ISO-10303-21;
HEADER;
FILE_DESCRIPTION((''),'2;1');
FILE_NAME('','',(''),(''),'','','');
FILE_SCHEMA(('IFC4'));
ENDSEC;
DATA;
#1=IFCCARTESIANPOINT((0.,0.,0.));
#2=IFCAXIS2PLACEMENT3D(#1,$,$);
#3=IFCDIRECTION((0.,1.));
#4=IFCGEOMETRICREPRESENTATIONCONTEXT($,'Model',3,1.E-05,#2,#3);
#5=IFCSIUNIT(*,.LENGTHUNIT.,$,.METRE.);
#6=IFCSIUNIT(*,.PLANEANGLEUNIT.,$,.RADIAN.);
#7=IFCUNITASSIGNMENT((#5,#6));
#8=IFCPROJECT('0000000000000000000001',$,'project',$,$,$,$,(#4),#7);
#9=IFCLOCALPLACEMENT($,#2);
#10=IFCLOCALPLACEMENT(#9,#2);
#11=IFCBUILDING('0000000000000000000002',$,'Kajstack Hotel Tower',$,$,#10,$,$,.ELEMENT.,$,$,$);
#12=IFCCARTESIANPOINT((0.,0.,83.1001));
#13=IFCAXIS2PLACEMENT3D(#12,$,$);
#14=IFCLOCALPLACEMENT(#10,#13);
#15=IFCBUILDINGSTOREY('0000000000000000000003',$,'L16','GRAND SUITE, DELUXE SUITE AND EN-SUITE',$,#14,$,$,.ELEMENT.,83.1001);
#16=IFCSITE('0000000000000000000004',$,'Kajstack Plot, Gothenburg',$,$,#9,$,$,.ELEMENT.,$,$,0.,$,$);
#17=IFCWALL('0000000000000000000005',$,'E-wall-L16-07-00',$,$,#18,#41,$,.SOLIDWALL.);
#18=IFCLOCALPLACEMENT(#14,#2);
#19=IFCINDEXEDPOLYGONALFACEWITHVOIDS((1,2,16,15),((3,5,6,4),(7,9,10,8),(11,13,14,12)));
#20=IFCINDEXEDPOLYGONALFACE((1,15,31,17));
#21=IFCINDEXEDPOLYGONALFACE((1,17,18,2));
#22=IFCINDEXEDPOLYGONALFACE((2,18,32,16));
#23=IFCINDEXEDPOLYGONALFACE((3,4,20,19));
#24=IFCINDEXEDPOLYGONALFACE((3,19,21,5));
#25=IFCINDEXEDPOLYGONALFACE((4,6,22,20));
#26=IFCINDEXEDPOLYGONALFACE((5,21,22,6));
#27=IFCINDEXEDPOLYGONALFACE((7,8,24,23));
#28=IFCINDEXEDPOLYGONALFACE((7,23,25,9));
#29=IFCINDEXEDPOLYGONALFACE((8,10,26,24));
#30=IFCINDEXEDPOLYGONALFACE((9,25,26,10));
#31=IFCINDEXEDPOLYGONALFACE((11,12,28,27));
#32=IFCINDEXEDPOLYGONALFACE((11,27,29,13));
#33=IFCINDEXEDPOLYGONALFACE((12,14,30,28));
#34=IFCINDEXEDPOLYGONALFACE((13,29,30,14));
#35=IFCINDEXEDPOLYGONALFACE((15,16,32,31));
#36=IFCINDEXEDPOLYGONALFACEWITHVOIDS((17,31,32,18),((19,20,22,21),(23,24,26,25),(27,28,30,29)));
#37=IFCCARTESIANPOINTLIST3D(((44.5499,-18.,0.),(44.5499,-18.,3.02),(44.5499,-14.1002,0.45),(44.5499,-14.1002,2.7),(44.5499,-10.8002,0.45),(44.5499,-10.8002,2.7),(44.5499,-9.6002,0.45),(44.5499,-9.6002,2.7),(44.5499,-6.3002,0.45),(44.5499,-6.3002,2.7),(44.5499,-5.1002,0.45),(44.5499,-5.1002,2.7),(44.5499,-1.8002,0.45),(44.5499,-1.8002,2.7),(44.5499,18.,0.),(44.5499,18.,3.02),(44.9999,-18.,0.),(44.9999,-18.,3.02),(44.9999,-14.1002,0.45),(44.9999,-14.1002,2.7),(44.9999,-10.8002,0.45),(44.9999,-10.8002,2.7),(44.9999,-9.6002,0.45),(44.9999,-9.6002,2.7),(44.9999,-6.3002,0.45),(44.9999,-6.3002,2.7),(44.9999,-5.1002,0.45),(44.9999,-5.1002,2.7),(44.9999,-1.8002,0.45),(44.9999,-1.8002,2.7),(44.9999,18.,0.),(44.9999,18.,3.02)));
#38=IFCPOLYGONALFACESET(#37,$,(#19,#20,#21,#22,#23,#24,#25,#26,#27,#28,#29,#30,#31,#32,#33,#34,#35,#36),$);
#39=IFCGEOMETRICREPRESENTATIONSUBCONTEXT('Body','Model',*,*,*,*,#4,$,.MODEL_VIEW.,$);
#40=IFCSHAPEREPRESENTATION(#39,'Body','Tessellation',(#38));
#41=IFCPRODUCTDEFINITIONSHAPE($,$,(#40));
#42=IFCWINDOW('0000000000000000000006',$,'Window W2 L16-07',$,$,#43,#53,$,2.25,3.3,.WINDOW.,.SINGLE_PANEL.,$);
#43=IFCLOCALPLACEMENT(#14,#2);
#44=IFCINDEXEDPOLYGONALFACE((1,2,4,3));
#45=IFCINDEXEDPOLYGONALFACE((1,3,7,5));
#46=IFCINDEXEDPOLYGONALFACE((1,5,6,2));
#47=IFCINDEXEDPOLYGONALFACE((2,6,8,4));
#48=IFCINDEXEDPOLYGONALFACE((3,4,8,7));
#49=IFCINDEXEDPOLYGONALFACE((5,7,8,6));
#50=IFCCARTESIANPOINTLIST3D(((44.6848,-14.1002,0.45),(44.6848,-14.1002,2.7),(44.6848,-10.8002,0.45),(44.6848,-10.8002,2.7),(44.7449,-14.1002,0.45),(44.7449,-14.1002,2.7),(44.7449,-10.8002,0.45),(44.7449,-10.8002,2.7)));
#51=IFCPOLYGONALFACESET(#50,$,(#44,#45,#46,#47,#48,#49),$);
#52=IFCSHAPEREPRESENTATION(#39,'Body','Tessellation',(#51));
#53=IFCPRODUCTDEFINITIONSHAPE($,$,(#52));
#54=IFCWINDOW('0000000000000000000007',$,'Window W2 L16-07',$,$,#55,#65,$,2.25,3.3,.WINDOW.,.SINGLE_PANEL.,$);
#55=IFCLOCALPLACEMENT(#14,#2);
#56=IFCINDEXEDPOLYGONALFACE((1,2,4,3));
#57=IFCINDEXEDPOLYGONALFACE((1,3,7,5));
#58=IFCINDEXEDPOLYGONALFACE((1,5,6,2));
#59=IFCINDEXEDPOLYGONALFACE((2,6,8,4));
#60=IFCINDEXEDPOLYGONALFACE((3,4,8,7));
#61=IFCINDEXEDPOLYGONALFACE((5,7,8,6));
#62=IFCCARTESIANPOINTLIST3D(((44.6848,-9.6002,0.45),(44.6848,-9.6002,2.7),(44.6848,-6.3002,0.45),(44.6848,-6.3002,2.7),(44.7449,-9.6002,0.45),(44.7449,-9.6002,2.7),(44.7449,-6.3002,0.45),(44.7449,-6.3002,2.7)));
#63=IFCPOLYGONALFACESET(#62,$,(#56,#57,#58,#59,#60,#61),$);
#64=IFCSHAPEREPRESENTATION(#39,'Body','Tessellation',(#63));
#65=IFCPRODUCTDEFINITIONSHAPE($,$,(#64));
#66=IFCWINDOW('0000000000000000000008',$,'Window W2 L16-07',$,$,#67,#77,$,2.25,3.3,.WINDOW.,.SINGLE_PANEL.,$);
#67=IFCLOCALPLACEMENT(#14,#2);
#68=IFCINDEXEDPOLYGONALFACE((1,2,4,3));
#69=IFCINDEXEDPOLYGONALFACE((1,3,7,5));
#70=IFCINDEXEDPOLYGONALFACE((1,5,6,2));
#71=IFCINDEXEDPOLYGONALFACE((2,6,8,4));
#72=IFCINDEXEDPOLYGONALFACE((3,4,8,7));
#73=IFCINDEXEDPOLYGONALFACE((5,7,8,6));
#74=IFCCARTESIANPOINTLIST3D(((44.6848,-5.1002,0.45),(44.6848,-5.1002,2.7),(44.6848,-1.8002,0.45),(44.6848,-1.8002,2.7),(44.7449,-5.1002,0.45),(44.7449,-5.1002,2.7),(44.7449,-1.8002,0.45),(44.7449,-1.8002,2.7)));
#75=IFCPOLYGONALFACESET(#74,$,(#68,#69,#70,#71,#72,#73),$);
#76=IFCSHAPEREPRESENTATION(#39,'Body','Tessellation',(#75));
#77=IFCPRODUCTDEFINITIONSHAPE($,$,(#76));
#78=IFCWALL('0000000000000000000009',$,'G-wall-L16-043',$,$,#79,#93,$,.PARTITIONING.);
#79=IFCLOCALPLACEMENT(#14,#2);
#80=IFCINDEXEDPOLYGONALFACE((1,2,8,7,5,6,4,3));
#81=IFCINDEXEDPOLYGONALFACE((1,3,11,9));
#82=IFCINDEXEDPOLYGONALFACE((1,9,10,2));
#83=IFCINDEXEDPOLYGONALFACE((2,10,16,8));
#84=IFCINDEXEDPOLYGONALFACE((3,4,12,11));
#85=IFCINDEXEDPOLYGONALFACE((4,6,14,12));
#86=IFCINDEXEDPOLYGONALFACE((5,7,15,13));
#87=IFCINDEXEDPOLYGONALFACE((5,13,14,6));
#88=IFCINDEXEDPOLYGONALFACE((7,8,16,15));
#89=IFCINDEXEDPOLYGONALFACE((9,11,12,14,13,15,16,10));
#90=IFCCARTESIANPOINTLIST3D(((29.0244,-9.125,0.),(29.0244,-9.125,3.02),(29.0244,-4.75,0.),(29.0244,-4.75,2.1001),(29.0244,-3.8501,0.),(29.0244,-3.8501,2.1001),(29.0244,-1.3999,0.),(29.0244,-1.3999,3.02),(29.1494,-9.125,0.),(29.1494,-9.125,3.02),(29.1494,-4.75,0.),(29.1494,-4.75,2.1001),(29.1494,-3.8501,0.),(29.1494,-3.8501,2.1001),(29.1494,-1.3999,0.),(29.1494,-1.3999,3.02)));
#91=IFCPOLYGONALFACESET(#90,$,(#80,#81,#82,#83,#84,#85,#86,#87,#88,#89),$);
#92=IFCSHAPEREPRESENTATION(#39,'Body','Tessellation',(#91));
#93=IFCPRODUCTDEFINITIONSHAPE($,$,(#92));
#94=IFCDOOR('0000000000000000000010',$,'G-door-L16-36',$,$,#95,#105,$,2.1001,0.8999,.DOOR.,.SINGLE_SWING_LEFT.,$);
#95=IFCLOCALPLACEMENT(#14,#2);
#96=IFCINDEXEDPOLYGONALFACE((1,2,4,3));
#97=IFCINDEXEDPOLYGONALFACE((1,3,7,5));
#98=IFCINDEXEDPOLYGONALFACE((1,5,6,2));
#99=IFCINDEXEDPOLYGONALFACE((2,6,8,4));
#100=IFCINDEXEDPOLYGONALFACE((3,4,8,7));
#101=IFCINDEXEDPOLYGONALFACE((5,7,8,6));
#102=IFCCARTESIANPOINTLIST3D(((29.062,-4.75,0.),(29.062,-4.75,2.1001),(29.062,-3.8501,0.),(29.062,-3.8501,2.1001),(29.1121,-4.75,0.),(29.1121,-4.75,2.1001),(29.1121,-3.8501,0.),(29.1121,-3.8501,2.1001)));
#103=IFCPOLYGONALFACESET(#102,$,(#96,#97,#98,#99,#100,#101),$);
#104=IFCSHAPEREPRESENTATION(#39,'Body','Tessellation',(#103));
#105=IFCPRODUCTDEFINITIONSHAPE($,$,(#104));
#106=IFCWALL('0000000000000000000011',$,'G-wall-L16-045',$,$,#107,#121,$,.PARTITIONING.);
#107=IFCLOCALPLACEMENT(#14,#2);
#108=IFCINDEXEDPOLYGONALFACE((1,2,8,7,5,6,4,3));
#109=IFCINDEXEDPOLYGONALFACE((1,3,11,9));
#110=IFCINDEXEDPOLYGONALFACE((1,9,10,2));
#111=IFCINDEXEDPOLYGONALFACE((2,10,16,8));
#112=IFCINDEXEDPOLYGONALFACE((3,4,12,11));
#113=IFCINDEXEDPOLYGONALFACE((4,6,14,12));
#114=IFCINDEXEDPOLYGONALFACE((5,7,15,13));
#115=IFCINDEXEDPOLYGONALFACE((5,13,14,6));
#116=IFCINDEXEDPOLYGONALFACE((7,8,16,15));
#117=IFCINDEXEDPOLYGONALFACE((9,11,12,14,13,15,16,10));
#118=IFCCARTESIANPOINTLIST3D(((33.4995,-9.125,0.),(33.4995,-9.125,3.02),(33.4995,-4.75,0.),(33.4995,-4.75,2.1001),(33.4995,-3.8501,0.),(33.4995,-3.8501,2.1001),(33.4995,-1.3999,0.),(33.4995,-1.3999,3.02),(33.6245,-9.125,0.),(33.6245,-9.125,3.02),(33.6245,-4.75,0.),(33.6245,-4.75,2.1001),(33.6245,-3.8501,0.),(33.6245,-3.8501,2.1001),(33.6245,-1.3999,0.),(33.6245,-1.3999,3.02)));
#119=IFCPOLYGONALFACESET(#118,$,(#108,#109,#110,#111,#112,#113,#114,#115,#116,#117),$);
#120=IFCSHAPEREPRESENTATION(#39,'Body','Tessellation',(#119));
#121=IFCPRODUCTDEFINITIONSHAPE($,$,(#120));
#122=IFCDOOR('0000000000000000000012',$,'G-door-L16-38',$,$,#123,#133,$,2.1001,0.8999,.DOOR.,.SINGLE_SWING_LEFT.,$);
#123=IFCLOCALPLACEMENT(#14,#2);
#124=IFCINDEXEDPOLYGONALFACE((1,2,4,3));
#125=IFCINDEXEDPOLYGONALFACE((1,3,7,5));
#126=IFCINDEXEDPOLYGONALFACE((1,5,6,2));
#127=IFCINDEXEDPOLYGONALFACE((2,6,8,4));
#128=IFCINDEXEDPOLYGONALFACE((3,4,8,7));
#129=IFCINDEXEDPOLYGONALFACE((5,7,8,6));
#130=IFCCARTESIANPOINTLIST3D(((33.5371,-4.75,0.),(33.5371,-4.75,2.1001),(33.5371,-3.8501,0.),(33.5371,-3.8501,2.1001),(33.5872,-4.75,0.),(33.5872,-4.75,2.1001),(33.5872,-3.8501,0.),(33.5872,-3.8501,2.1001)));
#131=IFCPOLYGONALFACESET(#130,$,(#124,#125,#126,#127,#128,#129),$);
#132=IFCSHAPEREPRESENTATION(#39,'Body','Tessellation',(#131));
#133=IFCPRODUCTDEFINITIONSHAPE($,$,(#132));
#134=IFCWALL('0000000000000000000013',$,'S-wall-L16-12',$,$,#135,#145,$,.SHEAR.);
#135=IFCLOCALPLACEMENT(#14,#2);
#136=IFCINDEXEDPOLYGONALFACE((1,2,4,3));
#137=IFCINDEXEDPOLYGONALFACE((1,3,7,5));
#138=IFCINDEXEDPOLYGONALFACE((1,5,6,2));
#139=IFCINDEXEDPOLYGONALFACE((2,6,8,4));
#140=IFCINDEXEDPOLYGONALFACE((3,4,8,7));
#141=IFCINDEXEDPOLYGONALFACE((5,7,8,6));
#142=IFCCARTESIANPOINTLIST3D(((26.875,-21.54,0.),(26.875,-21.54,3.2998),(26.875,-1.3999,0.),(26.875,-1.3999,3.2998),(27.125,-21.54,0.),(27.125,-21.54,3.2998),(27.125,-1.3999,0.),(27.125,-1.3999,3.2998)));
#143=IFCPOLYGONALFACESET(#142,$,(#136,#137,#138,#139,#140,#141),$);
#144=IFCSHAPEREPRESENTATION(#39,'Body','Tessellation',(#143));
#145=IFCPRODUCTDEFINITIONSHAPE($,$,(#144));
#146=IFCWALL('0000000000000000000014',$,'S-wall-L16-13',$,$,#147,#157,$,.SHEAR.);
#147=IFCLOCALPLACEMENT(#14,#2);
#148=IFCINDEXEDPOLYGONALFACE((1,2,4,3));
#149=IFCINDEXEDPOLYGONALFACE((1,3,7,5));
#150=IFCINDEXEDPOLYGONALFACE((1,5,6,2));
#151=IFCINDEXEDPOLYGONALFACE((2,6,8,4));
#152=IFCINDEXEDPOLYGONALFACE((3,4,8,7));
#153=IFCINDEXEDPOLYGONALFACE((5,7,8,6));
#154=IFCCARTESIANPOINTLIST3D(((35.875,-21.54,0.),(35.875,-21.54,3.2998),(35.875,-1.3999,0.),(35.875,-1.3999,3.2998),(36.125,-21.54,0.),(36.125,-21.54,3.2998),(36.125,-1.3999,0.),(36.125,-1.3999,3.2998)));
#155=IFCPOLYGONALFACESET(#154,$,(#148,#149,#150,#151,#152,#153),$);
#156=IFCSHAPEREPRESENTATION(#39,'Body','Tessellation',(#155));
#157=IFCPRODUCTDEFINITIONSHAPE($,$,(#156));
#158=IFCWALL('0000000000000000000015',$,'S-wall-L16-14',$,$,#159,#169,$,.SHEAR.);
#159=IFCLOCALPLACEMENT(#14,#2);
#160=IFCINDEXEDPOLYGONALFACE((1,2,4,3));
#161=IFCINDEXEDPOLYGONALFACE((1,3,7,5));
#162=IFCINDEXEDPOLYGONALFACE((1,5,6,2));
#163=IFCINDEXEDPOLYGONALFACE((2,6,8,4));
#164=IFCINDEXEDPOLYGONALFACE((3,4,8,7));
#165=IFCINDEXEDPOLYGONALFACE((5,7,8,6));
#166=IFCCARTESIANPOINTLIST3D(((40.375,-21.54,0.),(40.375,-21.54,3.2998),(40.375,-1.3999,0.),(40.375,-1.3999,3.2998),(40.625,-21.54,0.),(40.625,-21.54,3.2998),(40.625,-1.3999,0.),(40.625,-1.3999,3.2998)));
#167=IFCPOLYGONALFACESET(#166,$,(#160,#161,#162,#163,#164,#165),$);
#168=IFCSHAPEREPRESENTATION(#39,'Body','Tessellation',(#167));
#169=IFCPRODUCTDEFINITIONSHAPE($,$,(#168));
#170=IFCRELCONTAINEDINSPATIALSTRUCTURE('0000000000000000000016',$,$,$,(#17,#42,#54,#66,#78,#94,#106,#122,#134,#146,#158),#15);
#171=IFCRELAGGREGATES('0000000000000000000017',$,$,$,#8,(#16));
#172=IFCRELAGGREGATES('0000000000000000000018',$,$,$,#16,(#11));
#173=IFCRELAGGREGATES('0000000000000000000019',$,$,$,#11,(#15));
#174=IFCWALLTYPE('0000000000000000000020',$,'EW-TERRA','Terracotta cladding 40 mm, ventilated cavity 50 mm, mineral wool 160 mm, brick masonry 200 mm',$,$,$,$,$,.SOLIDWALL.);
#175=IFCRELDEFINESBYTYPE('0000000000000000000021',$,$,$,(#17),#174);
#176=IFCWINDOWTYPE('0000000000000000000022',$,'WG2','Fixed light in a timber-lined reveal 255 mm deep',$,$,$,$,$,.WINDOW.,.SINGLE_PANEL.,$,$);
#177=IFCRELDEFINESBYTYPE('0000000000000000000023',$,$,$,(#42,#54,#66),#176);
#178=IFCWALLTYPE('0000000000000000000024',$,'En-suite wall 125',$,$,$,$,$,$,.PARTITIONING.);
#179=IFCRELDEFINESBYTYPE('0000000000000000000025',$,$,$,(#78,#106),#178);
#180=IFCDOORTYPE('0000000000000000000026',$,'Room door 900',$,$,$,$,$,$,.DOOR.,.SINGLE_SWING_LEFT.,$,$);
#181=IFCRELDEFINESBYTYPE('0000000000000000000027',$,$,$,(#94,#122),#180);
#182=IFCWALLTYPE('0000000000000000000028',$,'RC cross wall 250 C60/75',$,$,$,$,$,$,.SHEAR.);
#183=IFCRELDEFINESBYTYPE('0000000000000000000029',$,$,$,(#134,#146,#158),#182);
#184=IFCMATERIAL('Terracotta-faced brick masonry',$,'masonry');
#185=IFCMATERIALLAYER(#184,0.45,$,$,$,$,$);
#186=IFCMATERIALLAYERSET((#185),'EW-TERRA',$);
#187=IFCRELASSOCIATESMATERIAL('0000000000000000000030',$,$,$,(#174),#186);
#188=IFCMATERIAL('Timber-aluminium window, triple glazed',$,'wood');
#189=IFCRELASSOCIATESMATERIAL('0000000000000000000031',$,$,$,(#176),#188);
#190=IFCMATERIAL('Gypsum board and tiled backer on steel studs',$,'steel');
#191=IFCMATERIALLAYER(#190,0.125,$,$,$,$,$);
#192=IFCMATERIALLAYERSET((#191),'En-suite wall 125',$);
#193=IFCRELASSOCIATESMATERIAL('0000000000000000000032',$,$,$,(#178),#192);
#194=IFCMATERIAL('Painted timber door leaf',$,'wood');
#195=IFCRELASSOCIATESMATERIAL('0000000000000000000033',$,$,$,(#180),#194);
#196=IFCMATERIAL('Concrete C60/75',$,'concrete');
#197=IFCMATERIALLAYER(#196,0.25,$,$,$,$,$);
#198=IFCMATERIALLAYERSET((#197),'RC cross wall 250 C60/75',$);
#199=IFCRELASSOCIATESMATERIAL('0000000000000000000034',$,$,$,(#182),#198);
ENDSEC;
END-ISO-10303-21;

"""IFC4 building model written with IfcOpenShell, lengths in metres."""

from ifc_helpers import new_model, si_unit, direction, frame, frame_2d, origin, place, context, subcontext, project, spatial, rectangle, extrude, material, layer, layer_set, type_object, element, fill, save


model = new_model("IFC4")

# Units and contexts
model_context = context("Model", 3, precision=1e-05, world=origin(), true_north=direction((0.0, 1.0)))
body_context = subcontext(model_context, "Body", "Model", "MODEL_VIEW")
ifc_project = project(units=[si_unit("LENGTHUNIT", "METRE"), si_unit("PLANEANGLEUNIT", "RADIAN")], contexts=[model_context])

# Site, building, storey
site_placement = place(None, origin())
site = spatial("IfcSite", under=ifc_project, at=site_placement, Name="Kajstack Plot, Gothenburg", CompositionType="ELEMENT", RefElevation=0.0)
building_placement = place(site_placement, origin())
building = spatial("IfcBuilding", under=site, at=building_placement, Name="Kajstack Hotel Tower", CompositionType="ELEMENT")
storey_placement = place(building_placement, frame((0.0, 0.0, 83.1001)))
storey = spatial("IfcBuildingStorey", under=building, at=storey_placement, Name="L16", Description="GRAND SUITE, DELUXE SUITE AND EN-SUITE", CompositionType="ELEMENT", Elevation=83.1001)

# Shared definitions
ifc_material_1 = material(Name="Terracotta-faced brick masonry", Category="masonry")
ifc_layer_1 = layer(ifc_material_1, 0.45)
ifc_layer_set_1 = layer_set([ifc_layer_1], Name="EW-TERRA")
wall_type_1 = type_object("IfcWallType", Name="EW-TERRA", Description="Terracotta cladding 40 mm, ventilated cavity 50 mm, mineral wool 160 mm, brick masonry 200 mm", PredefinedType="SOLIDWALL", material=ifc_layer_set_1)
ifc_material_2 = material(Name="Timber-aluminium window, triple glazed", Category="wood")

# Wall, openings, windows
wall_1_placement = place(storey_placement, frame((44.7749, -18.0, 0.0), z_axis=(0.0, 0.0, 1.0), x_axis=(0.0, 1.0, 0.0)))
wall_1 = element("IfcWall", 1, at=wall_1_placement, inside=storey, type_object=wall_type_1, Name="E-wall-L16-07-00", PredefinedType="SOLIDWALL", context=body_context, shape_type="SweptSolid", body=[
    extrude(rectangle(XDim=36.0, YDim=0.45, at=frame_2d((18.0, 0.0))), origin(), (0.0, 0.0, 1.0), 3.02),
])
opening_1_placement = place(wall_1_placement, frame((3.8999, 0.0, 0.45)))
opening_1 = element("IfcOpeningElement", 2, at=opening_1_placement, cuts=wall_1, PredefinedType="OPENING", context=body_context, shape_type="SweptSolid", body=[
    extrude(rectangle(XDim=3.3, YDim=2.25, at=frame_2d((1.6499, 1.125))), frame((0.0, 0.2349, 0.0), z_axis=(0.0, -1.0, 0.0), x_axis=(1.0, 0.0, 0.0)), (0.0, 0.0, 1.0), 0.47),
])
opening_2_placement = place(wall_1_placement, frame((8.3999, 0.0, 0.45)))
opening_2 = element("IfcOpeningElement", 3, at=opening_2_placement, cuts=wall_1, PredefinedType="OPENING", context=body_context, shape_type="SweptSolid", body=[
    extrude(rectangle(XDim=3.3, YDim=2.25, at=frame_2d((1.6499, 1.125))), frame((0.0, 0.2349, 0.0), z_axis=(0.0, -1.0, 0.0), x_axis=(1.0, 0.0, 0.0)), (0.0, 0.0, 1.0), 0.47),
])
opening_3_placement = place(wall_1_placement, frame((12.8999, 0.0, 0.45)))
opening_3 = element("IfcOpeningElement", 4, at=opening_3_placement, cuts=wall_1, PredefinedType="OPENING", context=body_context, shape_type="SweptSolid", body=[
    extrude(rectangle(XDim=3.3, YDim=2.25, at=frame_2d((1.6499, 1.125))), frame((0.0, 0.2349, 0.0), z_axis=(0.0, -1.0, 0.0), x_axis=(1.0, 0.0, 0.0)), (0.0, 0.0, 1.0), 0.47),
])
window_type_1 = type_object("IfcWindowType", Name="WG2", Description="Fixed light in a timber-lined reveal 255 mm deep", PartitioningType="SINGLE_PANEL", PredefinedType="WINDOW", material=ifc_material_2)
window_1_placement = place(opening_1_placement, origin())
window_1 = element("IfcWindow", 5, at=window_1_placement, inside=storey, type_object=window_type_1, Name="Window W2 L16-07", OverallHeight=2.25, OverallWidth=3.3, PartitioningType="SINGLE_PANEL", PredefinedType="WINDOW", context=body_context, shape_type="SweptSolid", body=[
    extrude(rectangle(XDim=3.3, YDim=2.25, at=frame_2d((1.6499, 1.125))), frame((0.0, 0.0901, 0.0), z_axis=(0.0, -1.0, 0.0), x_axis=(1.0, 0.0, 0.0)), (0.0, 0.0, 1.0), 0.0601),
])
fill(opening_1, window_1)
window_2_placement = place(opening_2_placement, origin())
window_2 = element("IfcWindow", 6, at=window_2_placement, inside=storey, type_object=window_type_1, Name="Window W2 L16-07", OverallHeight=2.25, OverallWidth=3.3, PartitioningType="SINGLE_PANEL", PredefinedType="WINDOW", context=body_context, shape_type="SweptSolid", body=[
    extrude(rectangle(XDim=3.3, YDim=2.25, at=frame_2d((1.6499, 1.125))), frame((0.0, 0.0901, 0.0), z_axis=(0.0, -1.0, 0.0), x_axis=(1.0, 0.0, 0.0)), (0.0, 0.0, 1.0), 0.0601),
])
fill(opening_2, window_2)
window_3_placement = place(opening_3_placement, origin())
window_3 = element("IfcWindow", 7, at=window_3_placement, inside=storey, type_object=window_type_1, Name="Window W2 L16-07", OverallHeight=2.25, OverallWidth=3.3, PartitioningType="SINGLE_PANEL", PredefinedType="WINDOW", context=body_context, shape_type="SweptSolid", body=[
    extrude(rectangle(XDim=3.3, YDim=2.25, at=frame_2d((1.6499, 1.125))), frame((0.0, 0.0901, 0.0), z_axis=(0.0, -1.0, 0.0), x_axis=(1.0, 0.0, 0.0)), (0.0, 0.0, 1.0), 0.0601),
])
fill(opening_3, window_3)

# Walls, openings, doors
ifc_material_3 = material(Name="Gypsum board and tiled backer on steel studs", Category="steel")
ifc_layer_2 = layer(ifc_material_3, 0.125)
ifc_layer_set_2 = layer_set([ifc_layer_2], Name="En-suite wall 125")
wall_type_2 = type_object("IfcWallType", Name="En-suite wall 125", PredefinedType="PARTITIONING", material=ifc_layer_set_2)
wall_2_placement = place(storey_placement, frame((29.0869, -9.125, 0.0), z_axis=(0.0, 0.0, 1.0), x_axis=(0.0, 1.0, 0.0)))
wall_2 = element("IfcWall", 8, at=wall_2_placement, inside=storey, type_object=wall_type_2, Name="G-wall-L16-043", PredefinedType="PARTITIONING", context=body_context, shape_type="SweptSolid", body=[
    extrude(rectangle(XDim=7.7251, YDim=0.125, at=frame_2d((3.8625, 0.0))), origin(), (0.0, 0.0, 1.0), 3.02),
])
opening_4_placement = place(wall_2_placement, frame((4.375, 0.0, 0.0)))
opening_4 = element("IfcOpeningElement", 9, at=opening_4_placement, cuts=wall_2, PredefinedType="OPENING", context=body_context, shape_type="SweptSolid", body=[
    extrude(rectangle(XDim=0.8999, YDim=2.1001, at=frame_2d((0.45, 1.05))), frame((0.0, 0.0725, 0.0), z_axis=(0.0, -1.0, 0.0), x_axis=(1.0, 0.0, 0.0)), (0.0, 0.0, 1.0), 0.145),
])
ifc_material_4 = material(Name="Painted timber door leaf", Category="wood")
door_type = type_object("IfcDoorType", Name="Room door 900", OperationType="SINGLE_SWING_LEFT", PredefinedType="DOOR", material=ifc_material_4)
door_1_placement = place(opening_4_placement, origin())
door_1 = element("IfcDoor", 10, at=door_1_placement, inside=storey, type_object=door_type, Name="G-door-L16-36", OperationType="SINGLE_SWING_LEFT", OverallHeight=2.1001, OverallWidth=0.8999, PredefinedType="DOOR", context=body_context, shape_type="SweptSolid", body=[
    extrude(rectangle(XDim=0.8999, YDim=2.1001, at=frame_2d((0.45, 1.05))), frame((0.0, 0.0249, 0.0), z_axis=(0.0, -1.0, 0.0), x_axis=(1.0, 0.0, 0.0)), (0.0, 0.0, 1.0), 0.05),
])
fill(opening_4, door_1)
wall_3_placement = place(storey_placement, frame((33.562, -9.125, 0.0), z_axis=(0.0, 0.0, 1.0), x_axis=(0.0, 1.0, 0.0)))
wall_3 = element("IfcWall", 11, at=wall_3_placement, inside=storey, type_object=wall_type_2, Name="G-wall-L16-045", PredefinedType="PARTITIONING", context=body_context, shape_type="SweptSolid", body=[
    extrude(rectangle(XDim=7.7251, YDim=0.125, at=frame_2d((3.8625, 0.0))), origin(), (0.0, 0.0, 1.0), 3.02),
])
opening_5_placement = place(wall_3_placement, frame((4.375, 0.0, 0.0)))
opening_5 = element("IfcOpeningElement", 12, at=opening_5_placement, cuts=wall_3, PredefinedType="OPENING", context=body_context, shape_type="SweptSolid", body=[
    extrude(rectangle(XDim=0.8999, YDim=2.1001, at=frame_2d((0.45, 1.05))), frame((0.0, 0.0725, 0.0), z_axis=(0.0, -1.0, 0.0), x_axis=(1.0, 0.0, 0.0)), (0.0, 0.0, 1.0), 0.145),
])
door_2_placement = place(opening_5_placement, origin())
door_2 = element("IfcDoor", 13, at=door_2_placement, inside=storey, type_object=door_type, Name="G-door-L16-38", OperationType="SINGLE_SWING_LEFT", OverallHeight=2.1001, OverallWidth=0.8999, PredefinedType="DOOR", context=body_context, shape_type="SweptSolid", body=[
    extrude(rectangle(XDim=0.8999, YDim=2.1001, at=frame_2d((0.45, 1.05))), frame((0.0, 0.0249, 0.0), z_axis=(0.0, -1.0, 0.0), x_axis=(1.0, 0.0, 0.0)), (0.0, 0.0, 1.0), 0.05),
])
fill(opening_5, door_2)

# Walls
ifc_material_5 = material(Name="Concrete C60/75", Category="concrete")
ifc_layer_3 = layer(ifc_material_5, 0.25)
ifc_layer_set_3 = layer_set([ifc_layer_3], Name="RC cross wall 250 C60/75")
wall_type_3 = type_object("IfcWallType", Name="RC cross wall 250 C60/75", PredefinedType="SHEAR", material=ifc_layer_set_3)
for number, where, z_axis, x_axis, name in (
    (14, (27.0, -21.54, 0.0), (0.0, 0.0, 1.0), (0.0, 1.0, 0.0), "S-wall-L16-12"),
    (15, (36.0, -21.54, 0.0), (0.0, 0.0, 1.0), (0.0, 1.0, 0.0), "S-wall-L16-13"),
    (16, (40.5, -21.54, 0.0), (0.0, 0.0, 1.0), (0.0, 1.0, 0.0), "S-wall-L16-14"),
):
    element("IfcWall", number, at=place(storey_placement, frame(where, z_axis=z_axis, x_axis=x_axis)), inside=storey, type_object=wall_type_3, Name=name, PredefinedType="SHEAR", context=body_context, shape_type="SweptSolid", body=[
        extrude(rectangle(XDim=20.1401, YDim=0.25, at=frame_2d((10.0701, 0.0))), origin(), (0.0, 0.0, 1.0), 3.2998),
    ])

save(model, "model.ifc")
